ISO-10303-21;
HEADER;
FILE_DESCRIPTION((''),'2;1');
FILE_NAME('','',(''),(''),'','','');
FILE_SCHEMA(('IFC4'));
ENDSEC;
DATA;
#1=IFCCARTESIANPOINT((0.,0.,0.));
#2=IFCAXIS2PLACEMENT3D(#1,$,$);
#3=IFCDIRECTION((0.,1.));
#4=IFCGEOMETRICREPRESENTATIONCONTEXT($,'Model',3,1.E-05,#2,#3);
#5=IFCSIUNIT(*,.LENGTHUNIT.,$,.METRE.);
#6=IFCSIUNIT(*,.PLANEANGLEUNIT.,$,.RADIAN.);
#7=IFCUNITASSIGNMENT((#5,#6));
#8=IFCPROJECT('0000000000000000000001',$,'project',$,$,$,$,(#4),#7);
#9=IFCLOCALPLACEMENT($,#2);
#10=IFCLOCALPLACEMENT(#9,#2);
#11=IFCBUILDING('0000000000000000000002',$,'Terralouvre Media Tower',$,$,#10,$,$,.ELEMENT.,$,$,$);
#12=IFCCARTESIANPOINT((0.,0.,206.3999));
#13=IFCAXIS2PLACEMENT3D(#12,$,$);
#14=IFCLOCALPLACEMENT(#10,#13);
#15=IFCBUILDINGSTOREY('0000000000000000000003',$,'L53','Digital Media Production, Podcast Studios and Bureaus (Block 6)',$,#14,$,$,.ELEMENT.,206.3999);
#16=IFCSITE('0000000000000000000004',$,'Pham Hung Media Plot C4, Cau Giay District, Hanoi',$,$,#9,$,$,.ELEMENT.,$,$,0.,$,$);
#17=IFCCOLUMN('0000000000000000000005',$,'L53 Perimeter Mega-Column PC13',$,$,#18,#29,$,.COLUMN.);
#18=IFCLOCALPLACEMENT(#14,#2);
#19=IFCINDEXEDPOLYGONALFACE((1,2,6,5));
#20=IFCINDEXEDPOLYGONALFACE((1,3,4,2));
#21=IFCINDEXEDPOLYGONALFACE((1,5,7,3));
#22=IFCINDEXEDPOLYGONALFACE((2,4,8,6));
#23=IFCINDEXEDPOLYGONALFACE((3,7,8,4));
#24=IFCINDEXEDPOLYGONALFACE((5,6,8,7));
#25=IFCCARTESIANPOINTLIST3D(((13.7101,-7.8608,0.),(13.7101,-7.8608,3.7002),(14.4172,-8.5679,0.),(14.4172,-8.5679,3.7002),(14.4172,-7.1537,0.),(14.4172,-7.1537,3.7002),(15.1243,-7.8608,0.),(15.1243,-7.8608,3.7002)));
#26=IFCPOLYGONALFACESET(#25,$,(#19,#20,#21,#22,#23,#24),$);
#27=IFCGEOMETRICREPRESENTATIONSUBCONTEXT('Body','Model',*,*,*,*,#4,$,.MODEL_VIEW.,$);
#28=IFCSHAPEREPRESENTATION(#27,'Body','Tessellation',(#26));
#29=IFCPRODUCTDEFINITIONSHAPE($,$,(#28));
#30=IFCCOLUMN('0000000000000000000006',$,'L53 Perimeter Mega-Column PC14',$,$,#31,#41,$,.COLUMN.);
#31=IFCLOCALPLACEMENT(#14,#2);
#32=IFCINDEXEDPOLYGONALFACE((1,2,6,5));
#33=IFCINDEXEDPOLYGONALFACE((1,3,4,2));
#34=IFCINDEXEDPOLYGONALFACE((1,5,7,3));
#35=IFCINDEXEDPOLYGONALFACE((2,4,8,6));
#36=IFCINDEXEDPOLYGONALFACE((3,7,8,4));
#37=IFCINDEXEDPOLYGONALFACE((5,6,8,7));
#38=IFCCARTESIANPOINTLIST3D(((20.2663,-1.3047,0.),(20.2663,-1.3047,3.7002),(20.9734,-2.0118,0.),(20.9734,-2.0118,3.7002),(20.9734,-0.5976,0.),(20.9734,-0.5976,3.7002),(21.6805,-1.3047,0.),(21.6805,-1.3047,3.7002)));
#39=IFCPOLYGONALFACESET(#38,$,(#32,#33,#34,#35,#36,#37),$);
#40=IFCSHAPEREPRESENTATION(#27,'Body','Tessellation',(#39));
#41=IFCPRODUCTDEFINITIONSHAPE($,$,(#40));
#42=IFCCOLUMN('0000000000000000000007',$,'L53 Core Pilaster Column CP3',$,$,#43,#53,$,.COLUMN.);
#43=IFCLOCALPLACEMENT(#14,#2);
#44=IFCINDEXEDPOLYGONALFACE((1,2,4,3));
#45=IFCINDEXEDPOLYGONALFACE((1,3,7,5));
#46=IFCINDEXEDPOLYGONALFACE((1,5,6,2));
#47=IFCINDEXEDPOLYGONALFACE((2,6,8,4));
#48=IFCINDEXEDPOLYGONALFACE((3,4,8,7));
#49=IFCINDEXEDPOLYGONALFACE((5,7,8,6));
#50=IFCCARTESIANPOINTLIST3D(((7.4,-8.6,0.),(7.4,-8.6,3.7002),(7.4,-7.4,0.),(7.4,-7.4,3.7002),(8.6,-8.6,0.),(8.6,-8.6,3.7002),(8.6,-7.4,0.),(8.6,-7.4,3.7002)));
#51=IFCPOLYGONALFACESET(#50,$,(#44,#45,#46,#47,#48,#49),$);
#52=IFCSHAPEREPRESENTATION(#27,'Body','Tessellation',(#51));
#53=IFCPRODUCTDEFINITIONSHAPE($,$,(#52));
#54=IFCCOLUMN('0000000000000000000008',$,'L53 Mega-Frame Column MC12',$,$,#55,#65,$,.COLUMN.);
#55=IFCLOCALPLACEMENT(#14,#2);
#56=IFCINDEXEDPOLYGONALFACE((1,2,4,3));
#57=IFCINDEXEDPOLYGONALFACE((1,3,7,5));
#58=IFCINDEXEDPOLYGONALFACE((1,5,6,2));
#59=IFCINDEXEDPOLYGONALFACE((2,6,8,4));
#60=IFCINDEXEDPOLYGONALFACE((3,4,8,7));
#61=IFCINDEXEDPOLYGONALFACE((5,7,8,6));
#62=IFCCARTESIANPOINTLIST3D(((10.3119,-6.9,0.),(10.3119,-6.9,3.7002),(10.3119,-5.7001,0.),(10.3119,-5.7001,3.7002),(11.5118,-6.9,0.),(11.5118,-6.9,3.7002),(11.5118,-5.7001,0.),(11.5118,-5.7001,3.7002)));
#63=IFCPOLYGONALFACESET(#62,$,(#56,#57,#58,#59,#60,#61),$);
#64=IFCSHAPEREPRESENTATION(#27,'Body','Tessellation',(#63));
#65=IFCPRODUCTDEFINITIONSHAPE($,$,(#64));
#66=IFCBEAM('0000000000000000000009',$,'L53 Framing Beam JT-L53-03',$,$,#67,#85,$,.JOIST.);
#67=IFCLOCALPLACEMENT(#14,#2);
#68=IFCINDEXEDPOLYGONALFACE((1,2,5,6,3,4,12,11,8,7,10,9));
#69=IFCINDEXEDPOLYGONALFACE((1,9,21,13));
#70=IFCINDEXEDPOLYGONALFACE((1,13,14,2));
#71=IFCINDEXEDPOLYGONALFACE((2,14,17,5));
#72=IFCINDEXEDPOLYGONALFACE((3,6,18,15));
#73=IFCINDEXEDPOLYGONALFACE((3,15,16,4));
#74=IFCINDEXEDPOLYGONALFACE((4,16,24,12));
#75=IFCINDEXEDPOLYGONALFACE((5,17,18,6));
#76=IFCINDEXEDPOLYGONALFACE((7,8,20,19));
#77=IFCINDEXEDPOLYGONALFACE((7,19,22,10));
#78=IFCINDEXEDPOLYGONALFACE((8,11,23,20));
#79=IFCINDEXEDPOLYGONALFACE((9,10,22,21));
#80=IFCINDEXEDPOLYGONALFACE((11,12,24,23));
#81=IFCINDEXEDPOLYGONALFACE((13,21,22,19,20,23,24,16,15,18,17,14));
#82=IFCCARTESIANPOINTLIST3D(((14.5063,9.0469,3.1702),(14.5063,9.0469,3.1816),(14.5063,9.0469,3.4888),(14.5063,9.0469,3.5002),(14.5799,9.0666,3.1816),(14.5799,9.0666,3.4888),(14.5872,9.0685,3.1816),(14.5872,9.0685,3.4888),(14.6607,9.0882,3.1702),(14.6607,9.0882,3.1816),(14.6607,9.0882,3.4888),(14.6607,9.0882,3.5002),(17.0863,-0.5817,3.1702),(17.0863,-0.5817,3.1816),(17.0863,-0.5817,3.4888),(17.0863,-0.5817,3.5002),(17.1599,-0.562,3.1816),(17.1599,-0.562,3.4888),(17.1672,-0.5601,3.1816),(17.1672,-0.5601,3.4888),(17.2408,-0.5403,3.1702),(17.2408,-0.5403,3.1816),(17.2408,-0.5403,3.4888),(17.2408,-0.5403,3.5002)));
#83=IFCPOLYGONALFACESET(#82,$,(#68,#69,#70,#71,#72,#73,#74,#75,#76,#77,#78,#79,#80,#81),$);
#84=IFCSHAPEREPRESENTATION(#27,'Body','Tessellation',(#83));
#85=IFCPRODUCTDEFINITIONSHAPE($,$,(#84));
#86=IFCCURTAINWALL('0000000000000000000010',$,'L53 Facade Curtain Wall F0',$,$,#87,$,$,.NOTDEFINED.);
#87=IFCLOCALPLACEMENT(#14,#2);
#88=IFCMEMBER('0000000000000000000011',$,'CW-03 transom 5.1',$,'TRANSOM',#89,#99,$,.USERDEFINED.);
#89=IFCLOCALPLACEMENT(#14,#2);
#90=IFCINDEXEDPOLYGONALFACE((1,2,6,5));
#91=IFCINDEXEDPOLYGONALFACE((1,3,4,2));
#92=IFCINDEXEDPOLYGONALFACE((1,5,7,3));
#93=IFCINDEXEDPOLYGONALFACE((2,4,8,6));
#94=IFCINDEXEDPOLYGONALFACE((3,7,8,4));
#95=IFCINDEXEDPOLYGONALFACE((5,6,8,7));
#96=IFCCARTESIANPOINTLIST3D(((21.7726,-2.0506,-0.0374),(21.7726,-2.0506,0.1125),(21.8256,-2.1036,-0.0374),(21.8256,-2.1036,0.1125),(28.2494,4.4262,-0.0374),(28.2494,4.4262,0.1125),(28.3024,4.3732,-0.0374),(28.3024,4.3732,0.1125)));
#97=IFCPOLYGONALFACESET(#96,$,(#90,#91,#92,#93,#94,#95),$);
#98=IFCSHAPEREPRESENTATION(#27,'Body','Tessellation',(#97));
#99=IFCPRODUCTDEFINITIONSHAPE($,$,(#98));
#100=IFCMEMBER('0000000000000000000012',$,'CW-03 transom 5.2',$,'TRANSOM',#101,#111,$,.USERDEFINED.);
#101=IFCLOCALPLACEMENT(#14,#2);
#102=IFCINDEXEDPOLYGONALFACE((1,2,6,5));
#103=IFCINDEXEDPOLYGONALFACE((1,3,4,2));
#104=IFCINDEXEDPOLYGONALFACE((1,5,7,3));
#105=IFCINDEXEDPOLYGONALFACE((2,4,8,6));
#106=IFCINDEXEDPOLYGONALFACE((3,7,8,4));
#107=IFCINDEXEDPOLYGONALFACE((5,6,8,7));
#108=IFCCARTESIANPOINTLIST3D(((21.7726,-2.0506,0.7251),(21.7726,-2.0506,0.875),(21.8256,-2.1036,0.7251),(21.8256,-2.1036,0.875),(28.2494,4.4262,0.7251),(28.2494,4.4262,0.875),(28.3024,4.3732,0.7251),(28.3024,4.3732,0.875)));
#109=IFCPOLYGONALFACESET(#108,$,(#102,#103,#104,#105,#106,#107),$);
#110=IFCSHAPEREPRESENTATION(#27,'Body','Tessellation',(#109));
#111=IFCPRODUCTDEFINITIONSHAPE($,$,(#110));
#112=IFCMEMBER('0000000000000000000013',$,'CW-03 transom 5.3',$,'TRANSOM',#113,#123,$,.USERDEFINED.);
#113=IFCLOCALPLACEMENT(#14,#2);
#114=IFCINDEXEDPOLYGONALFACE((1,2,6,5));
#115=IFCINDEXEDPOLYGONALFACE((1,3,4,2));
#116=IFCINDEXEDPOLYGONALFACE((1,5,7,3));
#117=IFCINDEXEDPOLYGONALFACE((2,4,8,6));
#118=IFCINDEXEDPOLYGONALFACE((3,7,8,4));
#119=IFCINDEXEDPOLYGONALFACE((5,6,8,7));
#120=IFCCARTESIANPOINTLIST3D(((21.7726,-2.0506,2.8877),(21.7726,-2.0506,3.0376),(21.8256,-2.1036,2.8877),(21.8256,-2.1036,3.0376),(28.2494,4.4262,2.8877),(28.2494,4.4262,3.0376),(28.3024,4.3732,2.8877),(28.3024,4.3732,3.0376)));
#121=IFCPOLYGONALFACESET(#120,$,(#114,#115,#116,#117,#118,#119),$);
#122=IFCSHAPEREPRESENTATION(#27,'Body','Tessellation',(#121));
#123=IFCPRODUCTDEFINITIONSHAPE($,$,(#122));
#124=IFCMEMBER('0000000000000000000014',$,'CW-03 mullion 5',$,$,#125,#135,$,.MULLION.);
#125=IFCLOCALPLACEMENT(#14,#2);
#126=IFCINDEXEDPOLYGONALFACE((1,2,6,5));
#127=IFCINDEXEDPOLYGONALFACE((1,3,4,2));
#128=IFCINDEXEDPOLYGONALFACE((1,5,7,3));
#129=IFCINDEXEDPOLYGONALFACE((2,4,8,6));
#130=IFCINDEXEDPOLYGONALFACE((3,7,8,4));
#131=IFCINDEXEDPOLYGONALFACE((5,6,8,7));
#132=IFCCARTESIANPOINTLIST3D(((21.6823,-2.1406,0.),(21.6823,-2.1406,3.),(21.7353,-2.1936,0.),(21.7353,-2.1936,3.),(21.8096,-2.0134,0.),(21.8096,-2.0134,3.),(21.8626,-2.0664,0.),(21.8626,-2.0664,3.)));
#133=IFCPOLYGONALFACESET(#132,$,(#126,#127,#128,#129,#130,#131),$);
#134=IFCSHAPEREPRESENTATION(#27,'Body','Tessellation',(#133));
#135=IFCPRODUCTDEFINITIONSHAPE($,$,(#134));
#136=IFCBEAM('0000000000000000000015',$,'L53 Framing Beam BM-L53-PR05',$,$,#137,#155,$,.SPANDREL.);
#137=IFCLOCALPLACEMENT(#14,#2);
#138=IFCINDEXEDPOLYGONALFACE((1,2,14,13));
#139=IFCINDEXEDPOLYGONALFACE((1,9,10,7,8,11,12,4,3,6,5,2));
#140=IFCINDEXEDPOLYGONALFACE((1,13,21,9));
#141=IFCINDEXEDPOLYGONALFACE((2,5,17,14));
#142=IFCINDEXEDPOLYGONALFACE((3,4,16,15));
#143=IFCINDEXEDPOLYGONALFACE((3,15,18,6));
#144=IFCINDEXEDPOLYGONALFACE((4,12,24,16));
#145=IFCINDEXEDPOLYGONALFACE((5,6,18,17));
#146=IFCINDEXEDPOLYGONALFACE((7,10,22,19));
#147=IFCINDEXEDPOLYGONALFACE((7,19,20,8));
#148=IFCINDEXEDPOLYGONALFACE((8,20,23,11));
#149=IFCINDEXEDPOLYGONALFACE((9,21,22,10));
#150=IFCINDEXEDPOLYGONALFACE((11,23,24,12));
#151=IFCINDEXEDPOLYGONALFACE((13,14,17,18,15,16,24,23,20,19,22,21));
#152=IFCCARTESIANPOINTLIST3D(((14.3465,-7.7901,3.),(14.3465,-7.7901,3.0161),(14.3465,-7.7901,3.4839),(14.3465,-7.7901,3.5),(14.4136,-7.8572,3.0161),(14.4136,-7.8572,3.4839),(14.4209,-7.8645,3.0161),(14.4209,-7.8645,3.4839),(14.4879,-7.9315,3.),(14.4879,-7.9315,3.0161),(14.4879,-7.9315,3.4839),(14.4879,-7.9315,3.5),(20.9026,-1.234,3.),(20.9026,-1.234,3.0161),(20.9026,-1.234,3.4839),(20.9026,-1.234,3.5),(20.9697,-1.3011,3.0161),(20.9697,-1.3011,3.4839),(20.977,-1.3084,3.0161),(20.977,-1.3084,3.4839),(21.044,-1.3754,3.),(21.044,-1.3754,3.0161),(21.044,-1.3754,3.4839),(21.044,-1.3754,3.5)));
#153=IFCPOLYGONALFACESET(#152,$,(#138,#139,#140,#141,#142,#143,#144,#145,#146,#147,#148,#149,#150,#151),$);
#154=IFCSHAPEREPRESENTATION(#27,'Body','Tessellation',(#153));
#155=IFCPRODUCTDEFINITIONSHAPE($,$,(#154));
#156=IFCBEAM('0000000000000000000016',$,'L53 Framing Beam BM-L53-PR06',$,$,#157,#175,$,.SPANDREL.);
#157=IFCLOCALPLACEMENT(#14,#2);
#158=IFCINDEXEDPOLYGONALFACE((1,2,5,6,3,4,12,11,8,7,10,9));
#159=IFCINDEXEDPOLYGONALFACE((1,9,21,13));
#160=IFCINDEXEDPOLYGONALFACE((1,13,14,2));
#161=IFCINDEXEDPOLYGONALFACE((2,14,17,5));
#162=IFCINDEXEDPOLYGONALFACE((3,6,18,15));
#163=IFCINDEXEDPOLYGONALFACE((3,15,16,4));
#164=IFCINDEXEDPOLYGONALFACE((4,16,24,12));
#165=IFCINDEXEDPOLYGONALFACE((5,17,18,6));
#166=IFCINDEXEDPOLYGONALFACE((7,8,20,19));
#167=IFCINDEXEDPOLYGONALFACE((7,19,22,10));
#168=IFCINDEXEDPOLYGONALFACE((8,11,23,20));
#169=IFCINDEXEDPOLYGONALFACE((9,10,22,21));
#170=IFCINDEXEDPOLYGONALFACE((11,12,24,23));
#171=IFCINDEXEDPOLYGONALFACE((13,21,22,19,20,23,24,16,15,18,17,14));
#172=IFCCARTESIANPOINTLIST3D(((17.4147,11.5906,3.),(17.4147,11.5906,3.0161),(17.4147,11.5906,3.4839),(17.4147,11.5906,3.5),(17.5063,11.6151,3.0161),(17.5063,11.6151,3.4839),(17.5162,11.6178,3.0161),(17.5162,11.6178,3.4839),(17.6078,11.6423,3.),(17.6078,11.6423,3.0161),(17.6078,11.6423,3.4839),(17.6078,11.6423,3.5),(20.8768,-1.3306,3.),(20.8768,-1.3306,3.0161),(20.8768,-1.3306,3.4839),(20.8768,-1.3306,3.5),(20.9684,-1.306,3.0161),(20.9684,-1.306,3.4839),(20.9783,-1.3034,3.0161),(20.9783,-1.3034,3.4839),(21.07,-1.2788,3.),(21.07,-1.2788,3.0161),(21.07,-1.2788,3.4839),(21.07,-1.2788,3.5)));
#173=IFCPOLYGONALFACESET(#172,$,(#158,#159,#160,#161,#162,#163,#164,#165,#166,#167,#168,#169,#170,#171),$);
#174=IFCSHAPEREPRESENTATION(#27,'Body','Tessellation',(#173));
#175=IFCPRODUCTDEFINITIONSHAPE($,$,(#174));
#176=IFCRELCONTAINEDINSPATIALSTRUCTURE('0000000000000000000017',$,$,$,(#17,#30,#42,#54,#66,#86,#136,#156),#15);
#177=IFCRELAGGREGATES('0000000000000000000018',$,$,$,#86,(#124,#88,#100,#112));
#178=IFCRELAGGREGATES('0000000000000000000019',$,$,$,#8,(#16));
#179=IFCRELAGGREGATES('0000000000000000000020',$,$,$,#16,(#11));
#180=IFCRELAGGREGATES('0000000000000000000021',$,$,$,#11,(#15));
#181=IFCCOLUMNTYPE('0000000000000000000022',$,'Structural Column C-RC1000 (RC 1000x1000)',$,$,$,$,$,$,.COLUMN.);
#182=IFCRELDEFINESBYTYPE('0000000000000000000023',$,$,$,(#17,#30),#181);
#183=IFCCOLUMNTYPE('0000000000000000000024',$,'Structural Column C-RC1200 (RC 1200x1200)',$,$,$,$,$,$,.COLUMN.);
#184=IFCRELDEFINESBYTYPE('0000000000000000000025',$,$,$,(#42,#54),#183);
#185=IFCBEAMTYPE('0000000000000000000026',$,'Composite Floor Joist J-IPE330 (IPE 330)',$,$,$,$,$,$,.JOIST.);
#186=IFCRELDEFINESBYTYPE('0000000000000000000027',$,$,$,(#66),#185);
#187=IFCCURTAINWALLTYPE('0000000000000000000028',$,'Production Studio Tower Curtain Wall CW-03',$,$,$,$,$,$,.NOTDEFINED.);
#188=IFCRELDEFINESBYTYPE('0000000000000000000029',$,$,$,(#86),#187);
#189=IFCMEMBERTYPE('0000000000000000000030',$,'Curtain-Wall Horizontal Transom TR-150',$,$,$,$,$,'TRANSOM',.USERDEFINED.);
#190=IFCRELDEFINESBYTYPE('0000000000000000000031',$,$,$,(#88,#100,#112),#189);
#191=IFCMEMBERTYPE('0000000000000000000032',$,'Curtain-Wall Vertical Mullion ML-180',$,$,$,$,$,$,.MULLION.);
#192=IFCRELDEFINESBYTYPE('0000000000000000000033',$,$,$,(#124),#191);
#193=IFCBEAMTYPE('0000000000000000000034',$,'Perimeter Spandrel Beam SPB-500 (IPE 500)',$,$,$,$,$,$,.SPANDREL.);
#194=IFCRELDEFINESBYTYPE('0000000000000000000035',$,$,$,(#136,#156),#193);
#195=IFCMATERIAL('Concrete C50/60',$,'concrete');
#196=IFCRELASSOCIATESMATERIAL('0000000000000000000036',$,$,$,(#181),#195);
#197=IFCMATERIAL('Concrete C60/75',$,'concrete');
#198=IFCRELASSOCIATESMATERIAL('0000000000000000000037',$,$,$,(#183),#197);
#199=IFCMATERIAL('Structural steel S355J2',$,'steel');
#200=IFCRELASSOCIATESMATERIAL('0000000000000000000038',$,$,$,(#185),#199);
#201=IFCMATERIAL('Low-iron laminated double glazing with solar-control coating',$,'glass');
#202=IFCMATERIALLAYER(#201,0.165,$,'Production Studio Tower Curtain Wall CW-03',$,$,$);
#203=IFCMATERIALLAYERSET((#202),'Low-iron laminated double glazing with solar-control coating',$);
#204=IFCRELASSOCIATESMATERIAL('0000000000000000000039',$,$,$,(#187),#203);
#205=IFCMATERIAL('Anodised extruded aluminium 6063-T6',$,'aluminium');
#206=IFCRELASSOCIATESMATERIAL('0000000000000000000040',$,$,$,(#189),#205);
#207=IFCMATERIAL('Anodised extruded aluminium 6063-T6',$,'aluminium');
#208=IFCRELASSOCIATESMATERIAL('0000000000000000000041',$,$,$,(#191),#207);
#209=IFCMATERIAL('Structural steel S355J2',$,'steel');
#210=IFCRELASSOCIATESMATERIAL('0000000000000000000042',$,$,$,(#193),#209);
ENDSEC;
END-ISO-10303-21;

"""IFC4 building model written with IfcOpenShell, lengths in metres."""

from ifc_helpers import new_model, si_unit, direction, frame, origin, origin_2d, place, context, subcontext, project, spatial, rectangle, i_section, extrude, material, layer, layer_set, material_profile, profile_set, type_object, element, aggregate, save


model = new_model("IFC4")

# Units and contexts
model_context = context("Model", 3, precision=1e-05, world=origin(), true_north=direction((0.0, 1.0)))
body_context = subcontext(model_context, "Body", "Model", "MODEL_VIEW")
ifc_project = project(units=[si_unit("LENGTHUNIT", "METRE"), si_unit("PLANEANGLEUNIT", "RADIAN")], contexts=[model_context])

# Site, building, storey
site_placement = place(None, origin())
site = spatial("IfcSite", under=ifc_project, at=site_placement, Name="Pham Hung Media Plot C4, Cau Giay District, Hanoi", CompositionType="ELEMENT", RefElevation=0.0)
building_placement = place(site_placement, origin())
building = spatial("IfcBuilding", under=site, at=building_placement, Name="Terralouvre Media Tower", CompositionType="ELEMENT")
storey_placement = place(building_placement, frame((0.0, 0.0, 206.3999)))
storey = spatial("IfcBuildingStorey", under=building, at=storey_placement, Name="L53", Description="Digital Media Production, Podcast Studios and Bureaus (Block 6)", CompositionType="ELEMENT", Elevation=206.3999)

# Columns
ifc_material_1 = material(Name="Concrete C50/60", Category="concrete")
ifc_material_profile_1 = material_profile(ifc_material_1, rectangle(XDim=1.0, YDim=1.0, at=origin_2d()), Name="RC 1000x1000")
ifc_profile_set_1 = profile_set([ifc_material_profile_1], Name="Concrete C50/60")
column_type_1 = type_object("IfcColumnType", Name="Structural Column C-RC1000 (RC 1000x1000)", PredefinedType="COLUMN", material=ifc_profile_set_1)
for number, where, z_axis, x_axis, name in (
    (1, (14.4172, -7.8608, 0.0), (0.0, 0.0, 1.0), (0.707107, 0.707107, 0.0), "L53 Perimeter Mega-Column PC13"),
    (2, (20.9734, -1.3047, 0.0), (0.0, 0.0, 1.0), (0.707107, 0.707107, 0.0), "L53 Perimeter Mega-Column PC14"),
):
    element("IfcColumn", number, at=place(storey_placement, frame(where, z_axis=z_axis, x_axis=x_axis)), inside=storey, type_object=column_type_1, Name=name, PredefinedType="COLUMN", context=body_context, shape_type="SweptSolid", body=[
        extrude(rectangle(XDim=1.0, YDim=1.0, at=origin_2d()), origin(), (0.0, 0.0, 1.0), 3.7002),
    ])
ifc_material_2 = material(Name="Concrete C60/75", Category="concrete")
ifc_material_profile_2 = material_profile(ifc_material_2, rectangle(XDim=1.2, YDim=1.2, at=origin_2d()), Name="RC 1200x1200")
ifc_profile_set_2 = profile_set([ifc_material_profile_2], Name="Concrete C60/75")
column_type_2 = type_object("IfcColumnType", Name="Structural Column C-RC1200 (RC 1200x1200)", PredefinedType="COLUMN", material=ifc_profile_set_2)
for number, where, z_axis, x_axis, name in (
    (3, (8.0, -8.0, 0.0), (0.0, 0.0, 1.0), (1.0, 0.0, 0.0), "L53 Core Pilaster Column CP3"),
    (4, (10.9119, -6.3, 0.0), (0.0, 0.0, 1.0), (1.0, 0.0, 0.0), "L53 Mega-Frame Column MC12"),
):
    element("IfcColumn", number, at=place(storey_placement, frame(where, z_axis=z_axis, x_axis=x_axis)), inside=storey, type_object=column_type_2, Name=name, PredefinedType="COLUMN", context=body_context, shape_type="SweptSolid", body=[
        extrude(rectangle(XDim=1.2, YDim=1.2, at=origin_2d()), origin(), (0.0, 0.0, 1.0), 3.7002),
    ])

# Beam
ifc_material_3 = material(Name="Structural steel S355J2", Category="steel")
ifc_material_profile_3 = material_profile(ifc_material_3, i_section(OverallWidth=0.1599, OverallDepth=0.3301, WebThickness=0.0076, FlangeThickness=0.0115, at=origin_2d()), Name="IPE 330")
ifc_profile_set_3 = profile_set([ifc_material_profile_3], Name="Structural steel S355J2")
beam_type_1 = type_object("IfcBeamType", Name="Composite Floor Joist J-IPE330 (IPE 330)", PredefinedType="JOIST", material=ifc_profile_set_3)
beam_1_placement = place(storey_placement, frame((17.1636, -0.561, 3.3352), z_axis=(-0.258827, 0.965924, 0.0), x_axis=(-0.965924, -0.258827, 0.0)))
element("IfcBeam", 5, at=beam_1_placement, inside=storey, type_object=beam_type_1, Name="L53 Framing Beam JT-L53-03", PredefinedType="JOIST", context=body_context, shape_type="SweptSolid", body=[
    extrude(i_section(OverallWidth=0.1599, OverallDepth=0.3301, WebThickness=0.0076, FlangeThickness=0.0115, at=origin_2d()), origin(), (0.0, 0.0, 1.0), 9.9683),
])

# Curtain wall, members
ifc_material_4 = material(Name="Low-iron laminated double glazing with solar-control coating", Category="glass")
ifc_layer_1 = layer(ifc_material_4, 0.165, Name="Production Studio Tower Curtain Wall CW-03")
ifc_layer_set_1 = layer_set([ifc_layer_1], Name="Low-iron laminated double glazing with solar-control coating")
curtain_wall_type = type_object("IfcCurtainWallType", Name="Production Studio Tower Curtain Wall CW-03", PredefinedType="NOTDEFINED", material=ifc_layer_set_1)
curtain_wall_placement = place(storey_placement, origin())
curtain_wall = element("IfcCurtainWall", 6, at=curtain_wall_placement, inside=storey, type_object=curtain_wall_type, Name="L53 Facade Curtain Wall F0", PredefinedType="NOTDEFINED")
ifc_material_5 = material(Name="Anodised extruded aluminium 6063-T6", Category="aluminium")
ifc_material_profile_4 = material_profile(ifc_material_5, rectangle(XDim=0.075, YDim=0.1499, at=origin_2d()), Name="ALU 75x150")
ifc_profile_set_4 = profile_set([ifc_material_profile_4], Name="Anodised extruded aluminium 6063-T6")
member_type_1 = type_object("IfcMemberType", Name="Curtain-Wall Horizontal Transom TR-150", ElementType="TRANSOM", PredefinedType="USERDEFINED", material=ifc_profile_set_4)
member_1_placement = place(storey_placement, frame((21.7991, -2.0771, 0.0376), z_axis=(0.707107, 0.707107, 0.0), x_axis=(-0.707107, 0.707107, 0.0)))
member_1 = element("IfcMember", 7, at=member_1_placement, type_object=member_type_1, Name="CW-03 transom 5.1", ObjectType="TRANSOM", PredefinedType="USERDEFINED", context=body_context, shape_type="SweptSolid", body=[
    extrude(rectangle(XDim=0.075, YDim=0.1499, at=origin_2d()), origin(), (0.0, 0.0, 1.0), 9.1597),
])
member_2_placement = place(storey_placement, frame((21.7991, -2.0771, 0.8), z_axis=(0.707107, 0.707107, 0.0), x_axis=(-0.707107, 0.707107, 0.0)))
member_2 = element("IfcMember", 8, at=member_2_placement, type_object=member_type_1, Name="CW-03 transom 5.2", ObjectType="TRANSOM", PredefinedType="USERDEFINED", context=body_context, shape_type="SweptSolid", body=[
    extrude(rectangle(XDim=0.075, YDim=0.1499, at=origin_2d()), origin(), (0.0, 0.0, 1.0), 9.1597),
])
member_3_placement = place(storey_placement, frame((21.7991, -2.0771, 2.9626), z_axis=(0.707107, 0.707107, 0.0), x_axis=(-0.707107, 0.707107, 0.0)))
member_3 = element("IfcMember", 9, at=member_3_placement, type_object=member_type_1, Name="CW-03 transom 5.3", ObjectType="TRANSOM", PredefinedType="USERDEFINED", context=body_context, shape_type="SweptSolid", body=[
    extrude(rectangle(XDim=0.075, YDim=0.1499, at=origin_2d()), origin(), (0.0, 0.0, 1.0), 9.1597),
])
ifc_material_6 = material(Name="Anodised extruded aluminium 6063-T6", Category="aluminium")
ifc_material_profile_5 = material_profile(ifc_material_6, rectangle(XDim=0.075, YDim=0.1799, at=origin_2d()), Name="ALU 75x180")
ifc_profile_set_5 = profile_set([ifc_material_profile_5], Name="Anodised extruded aluminium 6063-T6")
member_type_2 = type_object("IfcMemberType", Name="Curtain-Wall Vertical Mullion ML-180", PredefinedType="MULLION", material=ifc_profile_set_5)
member_4_placement = place(storey_placement, frame((21.7725, -2.1035, 0.0), z_axis=(0.0, 0.0, 1.0), x_axis=(-0.707107, 0.707107, 0.0)))
member_4 = element("IfcMember", 10, at=member_4_placement, type_object=member_type_2, Name="CW-03 mullion 5", PredefinedType="MULLION", context=body_context, shape_type="SweptSolid", body=[
    extrude(rectangle(XDim=0.075, YDim=0.1799, at=origin_2d()), origin(), (0.0, 0.0, 1.0), 3.0),
])

# Beams
ifc_material_7 = material(Name="Structural steel S355J2", Category="steel")
ifc_material_profile_6 = material_profile(ifc_material_7, i_section(OverallWidth=0.2, OverallDepth=0.5, WebThickness=0.0103, FlangeThickness=0.0161, at=origin_2d()), Name="IPE 500")
ifc_profile_set_6 = profile_set([ifc_material_profile_6], Name="Structural steel S355J2")
beam_type_2 = type_object("IfcBeamType", Name="Perimeter Spandrel Beam SPB-500 (IPE 500)", PredefinedType="SPANDREL", material=ifc_profile_set_6)
beam_2_placement = place(storey_placement, frame((14.4172, -7.8608, 3.25), z_axis=(0.707107, 0.707107, 0.0), x_axis=(-0.707107, 0.707107, 0.0)))
element("IfcBeam", 11, at=beam_2_placement, inside=storey, type_object=beam_type_2, Name="L53 Framing Beam BM-L53-PR05", PredefinedType="SPANDREL", context=body_context, shape_type="SweptSolid", body=[
    extrude(i_section(OverallWidth=0.2, OverallDepth=0.5, WebThickness=0.0103, FlangeThickness=0.0161, at=origin_2d()), origin(), (0.0, 0.0, 1.0), 9.2717),
])
beam_3_placement = place(storey_placement, frame((20.9734, -1.3047, 3.25), z_axis=(-0.258815, 0.965927, 0.0), x_axis=(-0.965927, -0.258815, 0.0)))
element("IfcBeam", 12, at=beam_3_placement, inside=storey, type_object=beam_type_2, Name="L53 Framing Beam BM-L53-PR06", PredefinedType="SPANDREL", context=body_context, shape_type="SweptSolid", body=[
    extrude(i_section(OverallWidth=0.2, OverallDepth=0.5, WebThickness=0.0103, FlangeThickness=0.0161, at=origin_2d()), origin(), (0.0, 0.0, 1.0), 13.377),
])

aggregate(curtain_wall, [member_4, member_1, member_2, member_3])

save(model, "model.ifc")
